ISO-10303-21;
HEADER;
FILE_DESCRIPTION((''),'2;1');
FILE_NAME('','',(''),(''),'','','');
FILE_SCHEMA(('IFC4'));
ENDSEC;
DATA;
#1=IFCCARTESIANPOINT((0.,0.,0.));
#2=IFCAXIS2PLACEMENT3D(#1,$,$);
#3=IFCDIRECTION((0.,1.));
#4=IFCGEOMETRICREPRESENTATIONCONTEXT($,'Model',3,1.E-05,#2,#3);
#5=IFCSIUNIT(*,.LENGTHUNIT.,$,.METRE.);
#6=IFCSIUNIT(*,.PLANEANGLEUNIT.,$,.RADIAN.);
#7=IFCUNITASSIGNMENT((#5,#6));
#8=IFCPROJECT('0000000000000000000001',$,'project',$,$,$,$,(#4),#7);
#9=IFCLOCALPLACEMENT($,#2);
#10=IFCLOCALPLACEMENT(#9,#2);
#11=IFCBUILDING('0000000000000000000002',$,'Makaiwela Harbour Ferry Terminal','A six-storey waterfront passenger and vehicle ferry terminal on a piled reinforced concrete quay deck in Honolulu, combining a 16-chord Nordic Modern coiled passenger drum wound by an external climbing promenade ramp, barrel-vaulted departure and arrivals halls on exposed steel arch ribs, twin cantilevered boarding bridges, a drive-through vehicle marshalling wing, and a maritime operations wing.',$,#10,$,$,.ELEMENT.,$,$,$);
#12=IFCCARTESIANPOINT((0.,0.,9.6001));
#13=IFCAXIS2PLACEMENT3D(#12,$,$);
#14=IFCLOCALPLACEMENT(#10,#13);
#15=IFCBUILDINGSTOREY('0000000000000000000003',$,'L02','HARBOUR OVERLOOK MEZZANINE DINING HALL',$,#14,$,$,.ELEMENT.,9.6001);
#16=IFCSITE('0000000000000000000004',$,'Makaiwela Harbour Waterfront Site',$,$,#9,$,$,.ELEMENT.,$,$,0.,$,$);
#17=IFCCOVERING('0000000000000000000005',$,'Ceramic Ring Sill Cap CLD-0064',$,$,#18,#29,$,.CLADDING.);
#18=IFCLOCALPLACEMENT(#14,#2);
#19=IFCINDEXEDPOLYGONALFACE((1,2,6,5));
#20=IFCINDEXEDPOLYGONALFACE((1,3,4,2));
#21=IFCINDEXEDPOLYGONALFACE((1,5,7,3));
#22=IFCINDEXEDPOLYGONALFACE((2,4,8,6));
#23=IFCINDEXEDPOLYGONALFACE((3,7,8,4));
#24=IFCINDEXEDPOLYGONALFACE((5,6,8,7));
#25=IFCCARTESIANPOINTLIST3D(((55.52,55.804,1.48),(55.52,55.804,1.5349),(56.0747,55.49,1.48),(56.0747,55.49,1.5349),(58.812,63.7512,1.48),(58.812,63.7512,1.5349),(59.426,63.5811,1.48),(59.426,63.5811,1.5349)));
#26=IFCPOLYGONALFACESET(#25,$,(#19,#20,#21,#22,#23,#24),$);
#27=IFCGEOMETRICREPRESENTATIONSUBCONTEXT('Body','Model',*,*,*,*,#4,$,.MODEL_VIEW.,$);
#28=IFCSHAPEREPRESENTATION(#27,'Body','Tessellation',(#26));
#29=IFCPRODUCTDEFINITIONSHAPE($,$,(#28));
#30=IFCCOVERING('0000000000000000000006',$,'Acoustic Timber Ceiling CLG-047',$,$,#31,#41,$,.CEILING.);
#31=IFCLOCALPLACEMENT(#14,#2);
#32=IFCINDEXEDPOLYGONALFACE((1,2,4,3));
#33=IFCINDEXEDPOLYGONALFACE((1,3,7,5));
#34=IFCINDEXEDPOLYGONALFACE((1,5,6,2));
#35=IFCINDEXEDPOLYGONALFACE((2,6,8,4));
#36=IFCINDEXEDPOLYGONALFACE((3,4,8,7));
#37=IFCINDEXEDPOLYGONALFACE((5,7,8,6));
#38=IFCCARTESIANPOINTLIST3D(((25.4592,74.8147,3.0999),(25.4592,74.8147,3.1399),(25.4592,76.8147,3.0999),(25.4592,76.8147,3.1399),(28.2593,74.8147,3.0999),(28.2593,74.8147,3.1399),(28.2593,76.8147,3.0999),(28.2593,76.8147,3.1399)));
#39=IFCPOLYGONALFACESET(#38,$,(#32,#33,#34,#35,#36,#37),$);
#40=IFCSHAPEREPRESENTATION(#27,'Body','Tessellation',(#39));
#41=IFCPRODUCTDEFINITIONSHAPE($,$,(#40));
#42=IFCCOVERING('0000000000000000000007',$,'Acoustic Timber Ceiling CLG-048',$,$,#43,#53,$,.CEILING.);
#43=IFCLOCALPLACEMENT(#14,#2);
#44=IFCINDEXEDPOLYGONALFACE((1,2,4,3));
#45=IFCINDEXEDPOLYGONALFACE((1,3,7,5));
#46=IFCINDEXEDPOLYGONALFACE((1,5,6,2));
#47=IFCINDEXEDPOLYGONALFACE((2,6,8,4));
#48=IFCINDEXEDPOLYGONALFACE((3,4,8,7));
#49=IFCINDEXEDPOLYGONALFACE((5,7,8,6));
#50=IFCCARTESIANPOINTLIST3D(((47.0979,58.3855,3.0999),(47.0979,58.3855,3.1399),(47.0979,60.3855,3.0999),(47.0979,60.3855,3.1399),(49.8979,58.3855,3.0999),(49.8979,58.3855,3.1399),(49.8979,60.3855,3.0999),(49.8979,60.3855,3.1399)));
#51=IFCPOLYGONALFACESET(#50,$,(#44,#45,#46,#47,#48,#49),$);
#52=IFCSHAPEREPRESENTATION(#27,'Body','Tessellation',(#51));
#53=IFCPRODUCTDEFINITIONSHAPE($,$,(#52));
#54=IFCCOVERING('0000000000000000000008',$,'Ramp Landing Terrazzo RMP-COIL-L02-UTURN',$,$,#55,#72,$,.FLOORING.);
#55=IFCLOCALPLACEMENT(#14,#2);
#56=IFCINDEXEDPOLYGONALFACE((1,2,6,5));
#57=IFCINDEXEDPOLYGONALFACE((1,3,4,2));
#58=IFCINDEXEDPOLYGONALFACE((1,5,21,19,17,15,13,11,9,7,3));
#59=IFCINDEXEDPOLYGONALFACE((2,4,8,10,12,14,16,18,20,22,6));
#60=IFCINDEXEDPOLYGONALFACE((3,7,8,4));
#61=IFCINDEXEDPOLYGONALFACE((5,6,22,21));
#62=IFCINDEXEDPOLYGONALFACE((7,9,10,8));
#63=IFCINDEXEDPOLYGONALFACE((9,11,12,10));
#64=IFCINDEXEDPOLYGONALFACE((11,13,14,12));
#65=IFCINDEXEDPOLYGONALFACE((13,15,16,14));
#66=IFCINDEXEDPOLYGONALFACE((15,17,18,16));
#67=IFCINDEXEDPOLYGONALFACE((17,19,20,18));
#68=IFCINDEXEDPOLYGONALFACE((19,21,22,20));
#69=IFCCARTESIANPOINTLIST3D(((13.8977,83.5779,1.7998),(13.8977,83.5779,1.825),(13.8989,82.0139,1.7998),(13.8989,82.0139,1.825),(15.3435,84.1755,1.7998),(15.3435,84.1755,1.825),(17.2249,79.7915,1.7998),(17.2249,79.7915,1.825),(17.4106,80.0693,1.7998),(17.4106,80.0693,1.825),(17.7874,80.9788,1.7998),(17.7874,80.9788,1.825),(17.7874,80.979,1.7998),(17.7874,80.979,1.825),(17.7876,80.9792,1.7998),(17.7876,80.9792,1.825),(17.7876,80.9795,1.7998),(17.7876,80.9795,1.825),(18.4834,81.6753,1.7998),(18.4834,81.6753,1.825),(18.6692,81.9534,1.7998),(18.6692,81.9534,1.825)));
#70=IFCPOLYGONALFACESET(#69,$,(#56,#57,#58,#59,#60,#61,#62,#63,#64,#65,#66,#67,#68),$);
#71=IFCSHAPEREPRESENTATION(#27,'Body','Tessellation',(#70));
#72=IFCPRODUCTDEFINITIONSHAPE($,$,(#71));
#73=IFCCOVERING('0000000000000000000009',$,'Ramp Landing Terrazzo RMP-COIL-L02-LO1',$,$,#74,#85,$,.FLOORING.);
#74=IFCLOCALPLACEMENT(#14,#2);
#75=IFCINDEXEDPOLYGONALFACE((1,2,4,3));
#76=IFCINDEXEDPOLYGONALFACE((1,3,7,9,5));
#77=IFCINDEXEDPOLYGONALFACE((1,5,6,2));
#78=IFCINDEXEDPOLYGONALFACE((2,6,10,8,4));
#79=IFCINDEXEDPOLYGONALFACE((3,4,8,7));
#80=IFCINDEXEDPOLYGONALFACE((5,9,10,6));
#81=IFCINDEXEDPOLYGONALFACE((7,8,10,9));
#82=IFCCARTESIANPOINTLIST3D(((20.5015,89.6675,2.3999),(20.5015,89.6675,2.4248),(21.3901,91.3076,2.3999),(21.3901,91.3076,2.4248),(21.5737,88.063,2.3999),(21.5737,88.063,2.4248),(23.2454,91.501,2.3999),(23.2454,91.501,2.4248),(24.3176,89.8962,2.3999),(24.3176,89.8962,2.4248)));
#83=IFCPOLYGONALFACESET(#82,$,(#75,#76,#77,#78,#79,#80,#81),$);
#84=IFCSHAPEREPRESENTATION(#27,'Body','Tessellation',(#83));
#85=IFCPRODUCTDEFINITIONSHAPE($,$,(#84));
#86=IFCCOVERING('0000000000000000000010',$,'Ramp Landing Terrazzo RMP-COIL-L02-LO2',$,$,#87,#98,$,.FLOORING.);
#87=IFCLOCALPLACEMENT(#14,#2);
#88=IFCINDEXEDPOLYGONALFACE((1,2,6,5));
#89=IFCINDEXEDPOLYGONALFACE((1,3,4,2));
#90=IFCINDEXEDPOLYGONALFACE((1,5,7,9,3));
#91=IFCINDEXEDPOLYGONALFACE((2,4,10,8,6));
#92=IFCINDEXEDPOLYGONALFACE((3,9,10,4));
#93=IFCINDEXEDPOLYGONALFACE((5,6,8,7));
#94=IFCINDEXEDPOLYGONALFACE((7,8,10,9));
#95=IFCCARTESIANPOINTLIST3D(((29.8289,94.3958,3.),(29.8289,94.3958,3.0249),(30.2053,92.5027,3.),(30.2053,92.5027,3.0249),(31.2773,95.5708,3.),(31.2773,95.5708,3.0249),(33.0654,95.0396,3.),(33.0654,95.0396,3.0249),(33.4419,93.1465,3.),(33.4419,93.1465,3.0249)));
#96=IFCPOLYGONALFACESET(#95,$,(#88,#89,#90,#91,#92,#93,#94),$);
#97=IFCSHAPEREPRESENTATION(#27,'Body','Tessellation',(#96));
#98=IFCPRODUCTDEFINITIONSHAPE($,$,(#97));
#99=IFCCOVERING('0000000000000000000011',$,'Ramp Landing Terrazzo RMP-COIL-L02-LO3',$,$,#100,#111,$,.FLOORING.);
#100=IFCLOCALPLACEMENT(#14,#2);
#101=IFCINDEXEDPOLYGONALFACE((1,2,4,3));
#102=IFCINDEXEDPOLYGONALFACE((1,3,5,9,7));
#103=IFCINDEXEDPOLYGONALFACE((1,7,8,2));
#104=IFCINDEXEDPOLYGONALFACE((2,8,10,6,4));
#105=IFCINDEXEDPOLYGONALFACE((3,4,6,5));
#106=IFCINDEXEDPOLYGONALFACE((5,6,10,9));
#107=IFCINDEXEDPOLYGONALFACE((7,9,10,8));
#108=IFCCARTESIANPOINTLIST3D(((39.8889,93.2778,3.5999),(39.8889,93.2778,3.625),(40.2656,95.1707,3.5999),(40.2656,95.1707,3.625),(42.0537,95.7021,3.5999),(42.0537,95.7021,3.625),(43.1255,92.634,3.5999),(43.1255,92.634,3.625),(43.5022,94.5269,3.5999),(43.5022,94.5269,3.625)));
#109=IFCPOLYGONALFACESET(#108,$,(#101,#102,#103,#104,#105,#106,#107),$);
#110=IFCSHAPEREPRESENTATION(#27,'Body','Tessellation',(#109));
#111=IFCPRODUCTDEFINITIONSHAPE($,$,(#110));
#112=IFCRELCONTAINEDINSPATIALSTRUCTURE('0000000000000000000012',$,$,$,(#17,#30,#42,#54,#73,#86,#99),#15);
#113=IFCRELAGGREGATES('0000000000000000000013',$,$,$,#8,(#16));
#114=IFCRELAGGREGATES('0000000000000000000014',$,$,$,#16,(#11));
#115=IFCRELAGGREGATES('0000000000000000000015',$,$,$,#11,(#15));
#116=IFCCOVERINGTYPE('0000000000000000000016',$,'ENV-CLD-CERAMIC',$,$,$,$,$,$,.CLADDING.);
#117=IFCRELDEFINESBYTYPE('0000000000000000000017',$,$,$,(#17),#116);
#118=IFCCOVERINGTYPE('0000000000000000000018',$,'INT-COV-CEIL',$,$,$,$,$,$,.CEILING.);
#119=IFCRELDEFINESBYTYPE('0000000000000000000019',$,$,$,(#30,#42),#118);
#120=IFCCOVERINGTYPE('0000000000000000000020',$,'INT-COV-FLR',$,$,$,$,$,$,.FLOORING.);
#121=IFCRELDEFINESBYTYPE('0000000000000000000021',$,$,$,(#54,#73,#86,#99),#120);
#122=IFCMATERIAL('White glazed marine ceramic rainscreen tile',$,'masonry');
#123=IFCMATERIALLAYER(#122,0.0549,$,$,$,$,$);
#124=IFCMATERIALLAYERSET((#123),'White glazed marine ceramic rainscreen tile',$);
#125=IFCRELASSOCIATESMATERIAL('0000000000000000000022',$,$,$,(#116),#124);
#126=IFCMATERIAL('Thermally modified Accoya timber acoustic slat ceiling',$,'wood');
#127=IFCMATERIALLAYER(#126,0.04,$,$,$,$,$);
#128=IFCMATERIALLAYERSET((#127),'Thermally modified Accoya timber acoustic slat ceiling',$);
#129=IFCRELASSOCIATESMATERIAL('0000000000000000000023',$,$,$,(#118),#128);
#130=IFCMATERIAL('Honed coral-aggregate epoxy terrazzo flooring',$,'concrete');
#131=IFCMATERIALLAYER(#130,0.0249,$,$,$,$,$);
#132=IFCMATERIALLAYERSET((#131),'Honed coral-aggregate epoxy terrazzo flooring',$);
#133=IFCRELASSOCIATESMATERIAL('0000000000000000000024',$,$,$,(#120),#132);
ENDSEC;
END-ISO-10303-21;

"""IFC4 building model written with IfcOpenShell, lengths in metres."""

from ifc_helpers import new_model, si_unit, direction, frame, origin, place, context, subcontext, project, spatial, polyline, outline, extrude, material, layer, layer_set, type_object, element, save


model = new_model("IFC4")

# Units and contexts
model_context = context("Model", 3, precision=1e-05, world=origin(), true_north=direction((0.0, 1.0)))
body_context = subcontext(model_context, "Body", "Model", "MODEL_VIEW")
ifc_project = project(units=[si_unit("LENGTHUNIT", "METRE"), si_unit("PLANEANGLEUNIT", "RADIAN")], contexts=[model_context])

# Site, building, storey
site_placement = place(None, origin())
site = spatial("IfcSite", under=ifc_project, at=site_placement, Name="Makaiwela Harbour Waterfront Site", CompositionType="ELEMENT", RefElevation=0.0)
building_placement = place(site_placement, origin())
building = spatial("IfcBuilding", under=site, at=building_placement, Name="Makaiwela Harbour Ferry Terminal", Description="A six-storey waterfront passenger and vehicle ferry terminal on a piled reinforced concrete quay deck in Honolulu, combining a 16-chord Nordic Modern coiled passenger drum wound by an external climbing promenade ramp, barrel-vaulted departure and arrivals halls on exposed steel arch ribs, twin cantilevered boarding bridges, a drive-through vehicle marshalling wing, and a maritime operations wing.", CompositionType="ELEMENT")
storey_placement = place(building_placement, frame((0.0, 0.0, 9.6001)))
storey = spatial("IfcBuildingStorey", under=building, at=storey_placement, Name="L02", Description="HARBOUR OVERLOOK MEZZANINE DINING HALL", CompositionType="ELEMENT", Elevation=9.6001)

# Coverings
ifc_material_1 = material(Name="White glazed marine ceramic rainscreen tile", Category="masonry")
ifc_layer_1 = layer(ifc_material_1, 0.0549)
ifc_layer_set_1 = layer_set([ifc_layer_1], Name="White glazed marine ceramic rainscreen tile")
covering_type_1 = type_object("IfcCoveringType", Name="ENV-CLD-CERAMIC", PredefinedType="CLADDING", material=ifc_layer_set_1)
covering_1_placement = place(storey_placement, frame((0.0, 0.0, 1.48)))
element("IfcCovering", 1, at=covering_1_placement, inside=storey, type_object=covering_type_1, Name="Ceramic Ring Sill Cap CLD-0064", PredefinedType="CLADDING", context=body_context, shape_type="SweptSolid", body=[
    extrude(outline(polyline([(56.0747, 55.49), (59.426, 63.5811), (58.812, 63.7512), (55.52, 55.804), (56.0747, 55.49)])), origin(), (0.0, 0.0, 1.0), 0.0549),
])
ifc_material_2 = material(Name="Thermally modified Accoya timber acoustic slat ceiling", Category="wood")
ifc_layer_2 = layer(ifc_material_2, 0.04)
ifc_layer_set_2 = layer_set([ifc_layer_2], Name="Thermally modified Accoya timber acoustic slat ceiling")
covering_type_2 = type_object("IfcCoveringType", Name="INT-COV-CEIL", PredefinedType="CEILING", material=ifc_layer_set_2)
covering_2_placement = place(storey_placement, frame((0.0, 0.0, 3.0999)))
element("IfcCovering", 2, at=covering_2_placement, inside=storey, type_object=covering_type_2, Name="Acoustic Timber Ceiling CLG-047", PredefinedType="CEILING", context=body_context, shape_type="SweptSolid", body=[
    extrude(outline(polyline([(25.4592, 74.8147), (28.2593, 74.8147), (28.2593, 76.8147), (25.4592, 76.8147), (25.4592, 74.8147)])), origin(), (0.0, 0.0, 1.0), 0.04),
])
covering_3_placement = place(storey_placement, frame((0.0, 0.0, 3.0999)))
element("IfcCovering", 3, at=covering_3_placement, inside=storey, type_object=covering_type_2, Name="Acoustic Timber Ceiling CLG-048", PredefinedType="CEILING", context=body_context, shape_type="SweptSolid", body=[
    extrude(outline(polyline([(47.0979, 58.3855), (49.8979, 58.3855), (49.8979, 60.3855), (47.0979, 60.3855), (47.0979, 58.3855)])), origin(), (0.0, 0.0, 1.0), 0.04),
])
ifc_material_3 = material(Name="Honed coral-aggregate epoxy terrazzo flooring", Category="concrete")
ifc_layer_3 = layer(ifc_material_3, 0.0249)
ifc_layer_set_3 = layer_set([ifc_layer_3], Name="Honed coral-aggregate epoxy terrazzo flooring")
covering_type_3 = type_object("IfcCoveringType", Name="INT-COV-FLR", PredefinedType="FLOORING", material=ifc_layer_set_3)
covering_4_placement = place(storey_placement, frame((0.0, 0.0, 1.7998)))
element("IfcCovering", 4, at=covering_4_placement, inside=storey, type_object=covering_type_3, Name="Ramp Landing Terrazzo RMP-COIL-L02-UTURN", PredefinedType="FLOORING", context=body_context, shape_type="SweptSolid", body=[
    extrude(outline(polyline([(17.4106, 80.0693), (17.7874, 80.9788), (17.7874, 80.979), (17.7874, 80.979), (17.7876, 80.9792), (17.7876, 80.9795), (18.4834, 81.6753), (18.6692, 81.9534), (15.3435, 84.1755), (13.8977, 83.5779), (13.8989, 82.0139), (17.2249, 79.7915), (17.4106, 80.0693)])), origin(), (0.0, 0.0, 1.0), 0.0251),
])
covering_5_placement = place(storey_placement, frame((0.0, 0.0, 2.3999)))
element("IfcCovering", 5, at=covering_5_placement, inside=storey, type_object=covering_type_3, Name="Ramp Landing Terrazzo RMP-COIL-L02-LO1", PredefinedType="FLOORING", context=body_context, shape_type="SweptSolid", body=[
    extrude(outline(polyline([(24.3176, 89.8962), (23.2454, 91.501), (21.3901, 91.3076), (20.5015, 89.6675), (21.5737, 88.063), (24.3176, 89.8962)])), origin(), (0.0, 0.0, 1.0), 0.0249),
])
covering_6_placement = place(storey_placement, frame((0.0, 0.0, 3.0)))
element("IfcCovering", 6, at=covering_6_placement, inside=storey, type_object=covering_type_3, Name="Ramp Landing Terrazzo RMP-COIL-L02-LO2", PredefinedType="FLOORING", context=body_context, shape_type="SweptSolid", body=[
    extrude(outline(polyline([(33.4419, 93.1465), (33.0654, 95.0396), (31.2773, 95.5708), (29.8289, 94.3958), (30.2053, 92.5027), (33.4419, 93.1465)])), origin(), (0.0, 0.0, 1.0), 0.0249),
])
covering_7_placement = place(storey_placement, frame((0.0, 0.0, 3.5999)))
element("IfcCovering", 7, at=covering_7_placement, inside=storey, type_object=covering_type_3, Name="Ramp Landing Terrazzo RMP-COIL-L02-LO3", PredefinedType="FLOORING", context=body_context, shape_type="SweptSolid", body=[
    extrude(outline(polyline([(43.1255, 92.634), (43.5022, 94.5269), (42.0537, 95.7021), (40.2656, 95.1707), (39.8889, 93.2778), (43.1255, 92.634)])), origin(), (0.0, 0.0, 1.0), 0.0251),
])

save(model, "model.ifc")
